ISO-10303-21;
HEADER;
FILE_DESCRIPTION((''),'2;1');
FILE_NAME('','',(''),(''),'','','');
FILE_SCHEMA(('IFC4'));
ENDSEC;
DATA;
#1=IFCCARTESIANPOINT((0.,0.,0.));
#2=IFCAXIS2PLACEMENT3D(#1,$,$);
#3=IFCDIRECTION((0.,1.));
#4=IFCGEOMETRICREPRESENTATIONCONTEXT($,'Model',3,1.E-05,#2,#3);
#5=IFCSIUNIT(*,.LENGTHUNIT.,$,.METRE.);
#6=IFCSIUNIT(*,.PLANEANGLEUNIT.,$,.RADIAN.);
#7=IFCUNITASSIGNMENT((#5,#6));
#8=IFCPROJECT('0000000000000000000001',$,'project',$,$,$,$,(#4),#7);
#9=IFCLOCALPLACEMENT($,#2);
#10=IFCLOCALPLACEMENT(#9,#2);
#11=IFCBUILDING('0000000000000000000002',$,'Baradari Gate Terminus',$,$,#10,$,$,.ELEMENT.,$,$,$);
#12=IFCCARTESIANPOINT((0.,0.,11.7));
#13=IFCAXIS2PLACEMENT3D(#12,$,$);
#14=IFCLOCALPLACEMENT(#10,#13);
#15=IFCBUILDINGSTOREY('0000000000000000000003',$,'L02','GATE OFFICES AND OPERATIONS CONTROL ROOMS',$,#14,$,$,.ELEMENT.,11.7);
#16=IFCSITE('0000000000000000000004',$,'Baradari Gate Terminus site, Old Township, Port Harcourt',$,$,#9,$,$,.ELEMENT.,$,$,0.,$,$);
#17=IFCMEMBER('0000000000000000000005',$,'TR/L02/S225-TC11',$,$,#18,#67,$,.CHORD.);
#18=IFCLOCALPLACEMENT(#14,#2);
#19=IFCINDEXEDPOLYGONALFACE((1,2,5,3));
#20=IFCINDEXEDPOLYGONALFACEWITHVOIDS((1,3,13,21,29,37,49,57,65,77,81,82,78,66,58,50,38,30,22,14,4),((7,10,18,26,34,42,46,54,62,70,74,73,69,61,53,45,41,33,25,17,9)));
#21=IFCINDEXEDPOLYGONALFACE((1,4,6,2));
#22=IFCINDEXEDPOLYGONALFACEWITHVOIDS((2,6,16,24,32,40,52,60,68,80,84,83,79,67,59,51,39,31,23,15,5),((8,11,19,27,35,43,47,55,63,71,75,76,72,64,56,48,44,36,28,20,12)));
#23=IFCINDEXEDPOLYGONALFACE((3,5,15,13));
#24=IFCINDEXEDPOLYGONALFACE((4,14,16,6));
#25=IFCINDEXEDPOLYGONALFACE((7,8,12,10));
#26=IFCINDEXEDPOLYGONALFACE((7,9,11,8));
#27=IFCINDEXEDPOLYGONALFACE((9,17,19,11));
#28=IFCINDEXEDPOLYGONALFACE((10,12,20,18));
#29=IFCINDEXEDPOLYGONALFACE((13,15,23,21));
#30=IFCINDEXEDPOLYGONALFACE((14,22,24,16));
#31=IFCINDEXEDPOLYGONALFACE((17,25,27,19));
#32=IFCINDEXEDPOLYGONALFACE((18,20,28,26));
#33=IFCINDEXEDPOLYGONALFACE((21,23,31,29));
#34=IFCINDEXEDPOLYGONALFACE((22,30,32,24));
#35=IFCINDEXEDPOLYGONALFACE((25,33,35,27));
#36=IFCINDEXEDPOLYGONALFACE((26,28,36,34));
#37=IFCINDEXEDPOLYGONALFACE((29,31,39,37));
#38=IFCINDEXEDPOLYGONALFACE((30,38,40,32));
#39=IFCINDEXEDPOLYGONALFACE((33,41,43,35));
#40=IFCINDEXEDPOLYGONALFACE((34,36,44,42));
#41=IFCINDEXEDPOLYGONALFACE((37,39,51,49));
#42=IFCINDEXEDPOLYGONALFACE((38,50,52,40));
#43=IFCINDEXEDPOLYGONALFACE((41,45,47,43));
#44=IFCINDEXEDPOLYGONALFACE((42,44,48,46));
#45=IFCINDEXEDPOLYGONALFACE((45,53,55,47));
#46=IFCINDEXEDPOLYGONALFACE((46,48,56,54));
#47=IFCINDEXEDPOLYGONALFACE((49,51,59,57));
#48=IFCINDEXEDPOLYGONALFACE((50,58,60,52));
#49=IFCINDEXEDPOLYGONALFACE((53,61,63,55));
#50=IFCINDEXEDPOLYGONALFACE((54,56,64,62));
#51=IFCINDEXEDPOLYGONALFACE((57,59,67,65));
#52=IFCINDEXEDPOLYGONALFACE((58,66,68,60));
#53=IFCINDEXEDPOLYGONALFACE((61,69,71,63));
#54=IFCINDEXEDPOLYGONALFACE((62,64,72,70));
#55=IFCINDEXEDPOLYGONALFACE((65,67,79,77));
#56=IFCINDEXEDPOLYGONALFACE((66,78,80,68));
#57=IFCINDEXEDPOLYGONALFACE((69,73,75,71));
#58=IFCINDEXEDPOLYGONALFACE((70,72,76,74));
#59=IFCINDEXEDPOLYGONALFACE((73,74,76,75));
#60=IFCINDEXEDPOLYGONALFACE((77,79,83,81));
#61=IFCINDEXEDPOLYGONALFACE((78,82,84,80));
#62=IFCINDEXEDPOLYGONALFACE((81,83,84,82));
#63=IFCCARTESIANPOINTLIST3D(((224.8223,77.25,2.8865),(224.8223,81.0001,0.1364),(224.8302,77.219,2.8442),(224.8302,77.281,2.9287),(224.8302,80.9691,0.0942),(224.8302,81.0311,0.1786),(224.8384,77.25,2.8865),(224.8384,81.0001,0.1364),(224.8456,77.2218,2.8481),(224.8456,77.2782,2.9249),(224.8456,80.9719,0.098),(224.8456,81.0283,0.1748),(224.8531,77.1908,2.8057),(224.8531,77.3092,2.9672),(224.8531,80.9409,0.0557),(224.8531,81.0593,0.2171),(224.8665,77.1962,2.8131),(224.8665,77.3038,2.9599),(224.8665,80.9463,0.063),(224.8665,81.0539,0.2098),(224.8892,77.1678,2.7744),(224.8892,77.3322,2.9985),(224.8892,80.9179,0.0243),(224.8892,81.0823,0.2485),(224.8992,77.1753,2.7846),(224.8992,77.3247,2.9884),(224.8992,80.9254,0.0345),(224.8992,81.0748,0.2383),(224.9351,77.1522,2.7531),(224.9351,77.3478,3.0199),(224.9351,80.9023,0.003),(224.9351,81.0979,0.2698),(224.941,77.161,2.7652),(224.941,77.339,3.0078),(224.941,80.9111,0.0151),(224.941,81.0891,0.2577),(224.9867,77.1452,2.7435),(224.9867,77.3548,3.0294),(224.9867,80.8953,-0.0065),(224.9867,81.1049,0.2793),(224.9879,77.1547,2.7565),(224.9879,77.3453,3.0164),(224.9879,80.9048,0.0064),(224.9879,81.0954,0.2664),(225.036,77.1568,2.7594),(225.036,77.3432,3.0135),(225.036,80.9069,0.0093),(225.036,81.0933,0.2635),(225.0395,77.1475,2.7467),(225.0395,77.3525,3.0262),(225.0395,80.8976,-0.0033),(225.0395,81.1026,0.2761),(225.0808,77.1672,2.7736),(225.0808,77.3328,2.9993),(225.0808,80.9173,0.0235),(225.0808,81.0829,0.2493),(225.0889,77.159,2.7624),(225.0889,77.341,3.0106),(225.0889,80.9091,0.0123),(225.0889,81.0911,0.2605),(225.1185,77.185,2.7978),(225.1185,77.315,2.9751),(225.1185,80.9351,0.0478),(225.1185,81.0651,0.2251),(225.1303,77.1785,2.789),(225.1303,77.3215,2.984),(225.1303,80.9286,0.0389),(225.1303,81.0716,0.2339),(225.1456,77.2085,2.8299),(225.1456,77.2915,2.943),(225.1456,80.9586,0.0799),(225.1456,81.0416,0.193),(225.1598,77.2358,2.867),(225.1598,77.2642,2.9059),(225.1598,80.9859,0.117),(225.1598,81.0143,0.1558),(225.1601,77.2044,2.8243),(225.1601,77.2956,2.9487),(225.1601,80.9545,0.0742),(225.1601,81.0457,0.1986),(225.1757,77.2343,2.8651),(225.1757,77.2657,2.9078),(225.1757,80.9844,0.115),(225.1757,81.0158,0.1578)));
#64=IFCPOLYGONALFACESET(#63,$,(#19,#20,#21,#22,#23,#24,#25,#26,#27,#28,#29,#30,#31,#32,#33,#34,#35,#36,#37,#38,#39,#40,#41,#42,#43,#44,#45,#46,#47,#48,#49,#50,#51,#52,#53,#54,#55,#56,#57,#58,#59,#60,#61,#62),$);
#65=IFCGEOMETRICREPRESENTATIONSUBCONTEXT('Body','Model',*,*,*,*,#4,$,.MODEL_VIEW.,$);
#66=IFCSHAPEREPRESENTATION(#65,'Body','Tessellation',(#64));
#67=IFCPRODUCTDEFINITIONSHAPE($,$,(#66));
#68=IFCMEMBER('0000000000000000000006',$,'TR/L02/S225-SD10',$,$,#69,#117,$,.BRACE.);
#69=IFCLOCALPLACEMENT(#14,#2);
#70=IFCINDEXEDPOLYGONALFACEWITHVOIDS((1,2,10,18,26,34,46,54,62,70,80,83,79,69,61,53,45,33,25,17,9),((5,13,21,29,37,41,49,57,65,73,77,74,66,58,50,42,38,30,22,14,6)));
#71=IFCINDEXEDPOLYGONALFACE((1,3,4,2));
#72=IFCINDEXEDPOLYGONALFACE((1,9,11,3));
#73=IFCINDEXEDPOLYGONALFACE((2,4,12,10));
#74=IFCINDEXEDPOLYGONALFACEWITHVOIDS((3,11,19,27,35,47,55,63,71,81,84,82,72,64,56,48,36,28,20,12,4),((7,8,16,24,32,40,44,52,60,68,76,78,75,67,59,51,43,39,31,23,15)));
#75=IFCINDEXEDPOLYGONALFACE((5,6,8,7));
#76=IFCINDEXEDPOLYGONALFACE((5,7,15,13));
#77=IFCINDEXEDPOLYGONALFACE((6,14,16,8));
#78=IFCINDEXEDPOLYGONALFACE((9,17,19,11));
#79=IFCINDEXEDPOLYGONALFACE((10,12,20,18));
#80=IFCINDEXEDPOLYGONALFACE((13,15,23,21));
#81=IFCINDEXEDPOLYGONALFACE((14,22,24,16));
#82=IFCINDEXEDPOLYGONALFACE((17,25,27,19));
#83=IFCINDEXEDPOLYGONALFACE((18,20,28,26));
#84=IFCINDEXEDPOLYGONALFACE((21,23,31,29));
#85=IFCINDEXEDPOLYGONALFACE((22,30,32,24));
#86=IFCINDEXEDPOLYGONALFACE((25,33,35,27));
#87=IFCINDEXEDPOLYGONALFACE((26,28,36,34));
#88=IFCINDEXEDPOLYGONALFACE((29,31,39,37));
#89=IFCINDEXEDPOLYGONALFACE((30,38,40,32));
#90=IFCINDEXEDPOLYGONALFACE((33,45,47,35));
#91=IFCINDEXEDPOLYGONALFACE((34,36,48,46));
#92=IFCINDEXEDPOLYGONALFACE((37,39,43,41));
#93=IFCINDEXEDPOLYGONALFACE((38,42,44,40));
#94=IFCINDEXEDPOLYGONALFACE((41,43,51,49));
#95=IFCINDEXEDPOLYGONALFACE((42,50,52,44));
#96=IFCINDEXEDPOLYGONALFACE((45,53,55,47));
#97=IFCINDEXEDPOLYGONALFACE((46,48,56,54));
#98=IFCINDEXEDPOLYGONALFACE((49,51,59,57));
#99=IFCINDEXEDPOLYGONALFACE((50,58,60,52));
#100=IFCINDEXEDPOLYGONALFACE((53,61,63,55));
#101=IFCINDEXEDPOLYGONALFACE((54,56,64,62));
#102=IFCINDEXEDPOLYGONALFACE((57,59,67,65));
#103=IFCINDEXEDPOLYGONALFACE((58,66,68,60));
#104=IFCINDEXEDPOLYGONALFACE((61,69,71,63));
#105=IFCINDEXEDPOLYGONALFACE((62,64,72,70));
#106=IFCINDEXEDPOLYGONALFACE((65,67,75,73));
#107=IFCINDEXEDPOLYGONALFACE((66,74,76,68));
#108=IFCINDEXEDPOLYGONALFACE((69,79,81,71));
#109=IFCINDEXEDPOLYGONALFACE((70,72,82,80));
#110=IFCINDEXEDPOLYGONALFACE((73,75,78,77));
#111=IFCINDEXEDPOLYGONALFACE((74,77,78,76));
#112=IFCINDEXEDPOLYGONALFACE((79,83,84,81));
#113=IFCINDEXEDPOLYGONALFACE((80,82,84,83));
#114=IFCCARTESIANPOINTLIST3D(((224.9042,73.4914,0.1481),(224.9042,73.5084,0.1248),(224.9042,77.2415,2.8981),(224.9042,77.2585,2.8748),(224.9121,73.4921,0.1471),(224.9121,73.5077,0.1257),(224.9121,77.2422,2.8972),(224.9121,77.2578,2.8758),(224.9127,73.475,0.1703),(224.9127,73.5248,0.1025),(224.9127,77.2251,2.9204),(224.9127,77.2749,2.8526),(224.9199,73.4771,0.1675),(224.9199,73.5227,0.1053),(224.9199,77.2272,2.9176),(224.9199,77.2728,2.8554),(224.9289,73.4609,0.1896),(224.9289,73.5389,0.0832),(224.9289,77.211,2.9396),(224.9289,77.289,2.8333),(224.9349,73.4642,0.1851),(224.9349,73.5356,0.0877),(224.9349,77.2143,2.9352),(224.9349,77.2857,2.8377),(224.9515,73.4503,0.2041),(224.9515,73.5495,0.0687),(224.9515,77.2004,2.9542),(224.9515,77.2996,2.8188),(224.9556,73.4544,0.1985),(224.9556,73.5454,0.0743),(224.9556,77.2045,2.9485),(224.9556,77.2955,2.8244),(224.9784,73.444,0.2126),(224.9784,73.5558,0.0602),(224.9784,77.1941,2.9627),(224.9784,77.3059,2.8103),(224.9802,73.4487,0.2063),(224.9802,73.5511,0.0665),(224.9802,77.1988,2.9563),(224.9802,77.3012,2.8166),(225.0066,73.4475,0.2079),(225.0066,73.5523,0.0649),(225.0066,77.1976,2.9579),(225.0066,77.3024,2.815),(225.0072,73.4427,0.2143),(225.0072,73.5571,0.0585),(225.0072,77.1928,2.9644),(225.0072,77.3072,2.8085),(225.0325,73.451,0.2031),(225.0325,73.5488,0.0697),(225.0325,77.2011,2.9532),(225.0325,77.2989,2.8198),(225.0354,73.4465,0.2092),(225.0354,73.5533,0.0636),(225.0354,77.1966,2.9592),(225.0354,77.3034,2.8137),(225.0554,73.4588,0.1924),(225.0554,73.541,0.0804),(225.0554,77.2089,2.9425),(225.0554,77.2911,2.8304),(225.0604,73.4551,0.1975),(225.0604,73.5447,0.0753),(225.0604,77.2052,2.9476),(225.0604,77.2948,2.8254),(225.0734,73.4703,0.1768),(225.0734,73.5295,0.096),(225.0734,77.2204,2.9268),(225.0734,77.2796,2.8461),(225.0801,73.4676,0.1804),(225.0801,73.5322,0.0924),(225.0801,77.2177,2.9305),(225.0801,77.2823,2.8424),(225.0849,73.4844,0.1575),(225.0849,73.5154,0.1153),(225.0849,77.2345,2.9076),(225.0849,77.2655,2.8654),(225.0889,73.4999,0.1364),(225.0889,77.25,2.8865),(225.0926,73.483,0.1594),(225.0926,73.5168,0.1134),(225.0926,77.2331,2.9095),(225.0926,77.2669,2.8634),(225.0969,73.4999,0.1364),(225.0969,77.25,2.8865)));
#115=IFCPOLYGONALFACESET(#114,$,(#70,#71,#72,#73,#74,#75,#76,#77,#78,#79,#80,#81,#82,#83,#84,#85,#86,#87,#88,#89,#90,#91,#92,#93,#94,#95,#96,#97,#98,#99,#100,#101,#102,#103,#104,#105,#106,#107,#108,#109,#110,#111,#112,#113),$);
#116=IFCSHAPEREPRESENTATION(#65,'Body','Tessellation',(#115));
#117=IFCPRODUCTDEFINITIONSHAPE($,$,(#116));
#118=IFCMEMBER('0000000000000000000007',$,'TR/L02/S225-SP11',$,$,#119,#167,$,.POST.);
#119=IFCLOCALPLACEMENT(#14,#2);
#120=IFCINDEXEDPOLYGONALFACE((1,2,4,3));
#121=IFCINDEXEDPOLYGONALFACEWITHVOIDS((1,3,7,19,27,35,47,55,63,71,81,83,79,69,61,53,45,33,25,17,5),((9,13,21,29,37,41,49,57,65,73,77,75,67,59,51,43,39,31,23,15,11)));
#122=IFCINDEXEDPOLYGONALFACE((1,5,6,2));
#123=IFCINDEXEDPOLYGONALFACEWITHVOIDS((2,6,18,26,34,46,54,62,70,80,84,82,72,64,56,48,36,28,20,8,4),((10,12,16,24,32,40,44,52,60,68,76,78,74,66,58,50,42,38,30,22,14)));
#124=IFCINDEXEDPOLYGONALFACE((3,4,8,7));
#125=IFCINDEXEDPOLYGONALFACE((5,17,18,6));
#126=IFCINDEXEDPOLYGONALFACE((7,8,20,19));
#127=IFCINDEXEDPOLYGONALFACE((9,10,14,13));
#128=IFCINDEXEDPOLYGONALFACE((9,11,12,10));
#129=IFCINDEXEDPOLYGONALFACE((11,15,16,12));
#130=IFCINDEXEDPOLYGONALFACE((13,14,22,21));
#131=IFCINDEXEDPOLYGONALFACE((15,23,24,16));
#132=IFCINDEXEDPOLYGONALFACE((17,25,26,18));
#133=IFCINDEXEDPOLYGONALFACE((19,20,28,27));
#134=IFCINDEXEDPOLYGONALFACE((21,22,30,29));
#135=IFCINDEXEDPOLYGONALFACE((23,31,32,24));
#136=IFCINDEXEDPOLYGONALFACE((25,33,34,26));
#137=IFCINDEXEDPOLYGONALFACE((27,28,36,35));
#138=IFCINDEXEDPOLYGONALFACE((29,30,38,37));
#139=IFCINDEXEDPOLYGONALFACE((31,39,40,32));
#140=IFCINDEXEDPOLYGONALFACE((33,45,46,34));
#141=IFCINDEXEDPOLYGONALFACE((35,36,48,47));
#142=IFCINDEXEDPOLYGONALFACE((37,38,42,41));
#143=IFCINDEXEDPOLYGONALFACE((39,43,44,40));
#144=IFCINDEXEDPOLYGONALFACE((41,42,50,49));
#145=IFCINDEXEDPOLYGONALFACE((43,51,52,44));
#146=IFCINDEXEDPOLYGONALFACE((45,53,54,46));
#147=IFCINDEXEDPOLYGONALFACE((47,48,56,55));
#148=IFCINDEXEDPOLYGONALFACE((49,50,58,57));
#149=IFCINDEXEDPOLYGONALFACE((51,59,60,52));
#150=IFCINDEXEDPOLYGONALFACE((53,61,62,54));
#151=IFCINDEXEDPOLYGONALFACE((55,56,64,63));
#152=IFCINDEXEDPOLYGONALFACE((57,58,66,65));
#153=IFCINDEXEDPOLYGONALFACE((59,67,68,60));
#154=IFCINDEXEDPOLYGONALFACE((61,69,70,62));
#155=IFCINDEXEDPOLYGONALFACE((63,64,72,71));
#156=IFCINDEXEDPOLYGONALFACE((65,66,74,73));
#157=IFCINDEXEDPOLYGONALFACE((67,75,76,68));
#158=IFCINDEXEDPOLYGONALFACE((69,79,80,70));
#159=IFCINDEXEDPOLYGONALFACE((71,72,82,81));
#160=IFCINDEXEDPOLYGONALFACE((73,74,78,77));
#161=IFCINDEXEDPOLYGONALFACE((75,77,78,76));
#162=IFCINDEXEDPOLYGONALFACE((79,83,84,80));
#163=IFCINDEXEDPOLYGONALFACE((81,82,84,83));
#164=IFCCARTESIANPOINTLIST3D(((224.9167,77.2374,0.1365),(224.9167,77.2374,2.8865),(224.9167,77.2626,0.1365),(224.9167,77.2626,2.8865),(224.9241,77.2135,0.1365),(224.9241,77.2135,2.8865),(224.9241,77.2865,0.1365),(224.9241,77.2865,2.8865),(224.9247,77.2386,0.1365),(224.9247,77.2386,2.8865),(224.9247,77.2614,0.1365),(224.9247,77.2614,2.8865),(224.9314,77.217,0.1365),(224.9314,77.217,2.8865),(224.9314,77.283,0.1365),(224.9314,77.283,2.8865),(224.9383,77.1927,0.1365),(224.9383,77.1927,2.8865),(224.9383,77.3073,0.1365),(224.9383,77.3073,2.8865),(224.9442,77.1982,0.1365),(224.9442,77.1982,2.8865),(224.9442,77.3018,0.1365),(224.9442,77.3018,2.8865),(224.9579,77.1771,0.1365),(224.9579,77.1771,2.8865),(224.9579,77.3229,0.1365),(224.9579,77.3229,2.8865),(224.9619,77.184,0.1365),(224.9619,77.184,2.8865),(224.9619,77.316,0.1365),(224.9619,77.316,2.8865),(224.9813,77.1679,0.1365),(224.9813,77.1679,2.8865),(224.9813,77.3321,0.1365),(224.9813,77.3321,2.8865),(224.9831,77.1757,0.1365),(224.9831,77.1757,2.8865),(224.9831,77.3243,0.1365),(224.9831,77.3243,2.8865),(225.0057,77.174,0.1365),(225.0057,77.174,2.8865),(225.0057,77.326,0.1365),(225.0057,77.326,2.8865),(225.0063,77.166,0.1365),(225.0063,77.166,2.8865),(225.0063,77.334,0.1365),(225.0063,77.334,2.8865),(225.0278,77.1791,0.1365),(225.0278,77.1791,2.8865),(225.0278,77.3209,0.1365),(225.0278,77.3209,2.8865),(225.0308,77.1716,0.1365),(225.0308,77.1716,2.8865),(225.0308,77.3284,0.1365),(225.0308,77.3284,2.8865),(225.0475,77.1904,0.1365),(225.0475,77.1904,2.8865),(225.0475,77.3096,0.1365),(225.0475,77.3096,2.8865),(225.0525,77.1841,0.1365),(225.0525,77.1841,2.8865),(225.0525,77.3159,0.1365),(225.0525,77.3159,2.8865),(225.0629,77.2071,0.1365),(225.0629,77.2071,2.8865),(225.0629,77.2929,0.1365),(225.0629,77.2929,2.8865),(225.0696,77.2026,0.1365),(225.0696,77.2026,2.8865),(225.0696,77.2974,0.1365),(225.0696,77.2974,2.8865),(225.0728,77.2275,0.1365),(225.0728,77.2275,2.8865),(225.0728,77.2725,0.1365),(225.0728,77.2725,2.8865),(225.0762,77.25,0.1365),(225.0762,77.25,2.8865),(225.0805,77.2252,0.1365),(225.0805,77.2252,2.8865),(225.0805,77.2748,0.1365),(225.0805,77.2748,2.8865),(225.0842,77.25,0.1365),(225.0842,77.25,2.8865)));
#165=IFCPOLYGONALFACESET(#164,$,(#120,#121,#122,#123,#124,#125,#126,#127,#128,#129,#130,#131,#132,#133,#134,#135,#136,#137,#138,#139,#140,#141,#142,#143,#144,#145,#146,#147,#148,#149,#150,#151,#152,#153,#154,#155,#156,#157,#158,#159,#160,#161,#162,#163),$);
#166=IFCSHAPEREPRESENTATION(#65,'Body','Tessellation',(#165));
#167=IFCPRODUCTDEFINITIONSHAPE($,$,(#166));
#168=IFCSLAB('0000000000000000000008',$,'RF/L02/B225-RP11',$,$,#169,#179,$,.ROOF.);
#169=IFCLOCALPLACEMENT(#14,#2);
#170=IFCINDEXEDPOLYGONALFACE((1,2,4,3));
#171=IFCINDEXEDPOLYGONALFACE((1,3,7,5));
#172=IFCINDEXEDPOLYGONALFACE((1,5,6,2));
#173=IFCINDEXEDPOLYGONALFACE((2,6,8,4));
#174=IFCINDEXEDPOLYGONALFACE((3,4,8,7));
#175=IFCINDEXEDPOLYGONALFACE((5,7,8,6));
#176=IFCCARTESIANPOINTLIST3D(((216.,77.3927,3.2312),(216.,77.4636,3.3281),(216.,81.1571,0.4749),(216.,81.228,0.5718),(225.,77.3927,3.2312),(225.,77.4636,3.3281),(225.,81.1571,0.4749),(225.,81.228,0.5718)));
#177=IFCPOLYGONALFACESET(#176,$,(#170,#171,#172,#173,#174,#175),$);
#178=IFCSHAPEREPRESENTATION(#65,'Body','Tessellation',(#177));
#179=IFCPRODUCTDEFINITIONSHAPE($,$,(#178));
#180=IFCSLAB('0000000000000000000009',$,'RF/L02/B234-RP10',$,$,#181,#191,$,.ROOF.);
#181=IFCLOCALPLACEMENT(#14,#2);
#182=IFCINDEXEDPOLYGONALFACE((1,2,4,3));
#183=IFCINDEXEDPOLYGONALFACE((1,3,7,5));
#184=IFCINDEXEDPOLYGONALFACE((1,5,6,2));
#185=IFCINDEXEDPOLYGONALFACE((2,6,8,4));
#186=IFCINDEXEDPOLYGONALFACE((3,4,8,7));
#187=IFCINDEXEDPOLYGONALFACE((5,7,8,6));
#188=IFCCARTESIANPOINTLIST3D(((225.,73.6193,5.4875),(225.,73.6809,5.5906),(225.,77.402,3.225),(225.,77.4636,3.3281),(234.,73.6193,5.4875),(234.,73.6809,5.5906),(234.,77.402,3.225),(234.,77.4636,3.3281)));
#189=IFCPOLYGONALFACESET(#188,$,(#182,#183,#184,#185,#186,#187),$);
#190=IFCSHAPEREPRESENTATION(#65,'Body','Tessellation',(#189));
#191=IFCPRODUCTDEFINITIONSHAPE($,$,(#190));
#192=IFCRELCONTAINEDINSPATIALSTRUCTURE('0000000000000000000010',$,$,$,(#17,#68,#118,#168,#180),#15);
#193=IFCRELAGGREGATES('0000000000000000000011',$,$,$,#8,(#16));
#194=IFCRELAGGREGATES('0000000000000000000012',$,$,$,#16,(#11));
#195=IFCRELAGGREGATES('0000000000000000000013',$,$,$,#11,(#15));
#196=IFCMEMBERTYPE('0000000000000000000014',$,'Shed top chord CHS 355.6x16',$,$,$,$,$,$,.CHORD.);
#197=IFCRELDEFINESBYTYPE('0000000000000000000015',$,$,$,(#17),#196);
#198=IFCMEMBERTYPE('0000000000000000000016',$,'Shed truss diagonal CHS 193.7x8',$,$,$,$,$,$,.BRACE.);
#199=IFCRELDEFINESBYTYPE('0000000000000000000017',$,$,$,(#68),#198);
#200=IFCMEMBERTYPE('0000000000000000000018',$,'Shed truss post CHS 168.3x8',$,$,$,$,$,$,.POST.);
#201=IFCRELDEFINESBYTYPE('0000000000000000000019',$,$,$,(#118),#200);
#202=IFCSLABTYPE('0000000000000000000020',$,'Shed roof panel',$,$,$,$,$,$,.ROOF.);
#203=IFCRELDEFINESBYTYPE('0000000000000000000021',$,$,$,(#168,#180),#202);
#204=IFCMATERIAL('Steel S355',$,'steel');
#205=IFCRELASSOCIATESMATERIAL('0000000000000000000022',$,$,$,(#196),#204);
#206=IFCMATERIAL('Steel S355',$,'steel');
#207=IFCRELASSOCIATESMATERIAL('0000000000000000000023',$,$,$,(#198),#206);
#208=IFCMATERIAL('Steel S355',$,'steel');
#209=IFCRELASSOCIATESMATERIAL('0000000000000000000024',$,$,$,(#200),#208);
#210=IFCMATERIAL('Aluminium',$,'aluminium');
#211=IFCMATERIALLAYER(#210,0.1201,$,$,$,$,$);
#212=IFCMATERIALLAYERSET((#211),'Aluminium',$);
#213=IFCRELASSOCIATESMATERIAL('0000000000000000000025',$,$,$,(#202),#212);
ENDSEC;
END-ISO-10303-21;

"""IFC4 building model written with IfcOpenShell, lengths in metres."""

from ifc_helpers import new_model, si_unit, direction, frame, origin, origin_2d, place, context, subcontext, project, spatial, polyline, hollow_circle, outline, extrude, material, layer, layer_set, material_profile, profile_set, type_object, element, save


model = new_model("IFC4")

# Units and contexts
model_context = context("Model", 3, precision=1e-05, world=origin(), true_north=direction((0.0, 1.0)))
body_context = subcontext(model_context, "Body", "Model", "MODEL_VIEW")
ifc_project = project(units=[si_unit("LENGTHUNIT", "METRE"), si_unit("PLANEANGLEUNIT", "RADIAN")], contexts=[model_context])

# Site, building, storey
site_placement = place(None, origin())
site = spatial("IfcSite", under=ifc_project, at=site_placement, Name="Baradari Gate Terminus site, Old Township, Port Harcourt", CompositionType="ELEMENT", RefElevation=0.0)
building_placement = place(site_placement, origin())
building = spatial("IfcBuilding", under=site, at=building_placement, Name="Baradari Gate Terminus", CompositionType="ELEMENT")
storey_placement = place(building_placement, frame((0.0, 0.0, 11.7)))
storey = spatial("IfcBuildingStorey", under=building, at=storey_placement, Name="L02", Description="GATE OFFICES AND OPERATIONS CONTROL ROOMS", CompositionType="ELEMENT", Elevation=11.7)

# Members
ifc_material_1 = material(Name="Steel S355", Category="steel")
ifc_material_profile_1 = material_profile(ifc_material_1, hollow_circle(Radius=0.1777, WallThickness=0.0161, at=origin_2d()), Name="CHS 355.6x16")
ifc_profile_set_1 = profile_set([ifc_material_profile_1], Name="Steel S355")
member_type_1 = type_object("IfcMemberType", Name="Shed top chord CHS 355.6x16", PredefinedType="CHORD", material=ifc_profile_set_1)
member_1_placement = place(storey_placement, frame((225.0, 77.25, 2.8865), z_axis=(0.0, 0.806405, -0.591364), x_axis=(-1.0, 0.0, 0.0)))
element("IfcMember", 1, at=member_1_placement, inside=storey, type_object=member_type_1, Name="TR/L02/S225-TC11", PredefinedType="CHORD", context=body_context, shape_type="SweptSolid", body=[
    extrude(hollow_circle(Radius=0.1777, WallThickness=0.0161, at=origin_2d()), origin(), (0.0, 0.0, 1.0), 4.6504),
])
ifc_material_2 = material(Name="Steel S355", Category="steel")
ifc_material_profile_2 = material_profile(ifc_material_2, hollow_circle(Radius=0.0969, WallThickness=0.0081, at=origin_2d()), Name="CHS 193.7x8")
ifc_profile_set_2 = profile_set([ifc_material_profile_2], Name="Steel S355")
member_type_2 = type_object("IfcMemberType", Name="Shed truss diagonal CHS 193.7x8", PredefinedType="BRACE", material=ifc_profile_set_2)
member_2_placement = place(storey_placement, frame((225.0, 77.25, 2.8865), z_axis=(0.0, -0.806405, -0.591364), x_axis=(1.0, 0.0, 0.0)))
element("IfcMember", 2, at=member_2_placement, inside=storey, type_object=member_type_2, Name="TR/L02/S225-SD10", PredefinedType="BRACE", context=body_context, shape_type="SweptSolid", body=[
    extrude(hollow_circle(Radius=0.0969, WallThickness=0.0081, at=origin_2d()), origin(), (0.0, 0.0, 1.0), 4.6504),
])
ifc_material_3 = material(Name="Steel S355", Category="steel")
ifc_material_profile_3 = material_profile(ifc_material_3, hollow_circle(Radius=0.0842, WallThickness=0.0081, at=origin_2d()), Name="CHS 168.3x8")
ifc_profile_set_3 = profile_set([ifc_material_profile_3], Name="Steel S355")
member_type_3 = type_object("IfcMemberType", Name="Shed truss post CHS 168.3x8", PredefinedType="POST", material=ifc_profile_set_3)
member_3_placement = place(storey_placement, frame((225.0, 77.25, 0.1365), z_axis=(0.0, 0.0, 1.0), x_axis=(1.0, 0.0, 0.0)))
element("IfcMember", 3, at=member_3_placement, inside=storey, type_object=member_type_3, Name="TR/L02/S225-SP11", PredefinedType="POST", context=body_context, shape_type="SweptSolid", body=[
    extrude(hollow_circle(Radius=0.0842, WallThickness=0.0081, at=origin_2d()), origin(), (0.0, 0.0, 1.0), 2.75),
])

# Slabs
ifc_material_4 = material(Name="Aluminium", Category="aluminium")
ifc_layer = layer(ifc_material_4, 0.1201)
ifc_layer_set = layer_set([ifc_layer], Name="Aluminium")
slab_type = type_object("IfcSlabType", Name="Shed roof panel", PredefinedType="ROOF", material=ifc_layer_set)
slab_1_placement = place(storey_placement, frame((216.0, 77.4636, 3.3281), z_axis=(0.0, 0.590776, 0.806836), x_axis=(1.0, 0.0, 0.0)))
element("IfcSlab", 4, at=slab_1_placement, inside=storey, type_object=slab_type, Name="RF/L02/B225-RP11", PredefinedType="ROOF", context=body_context, shape_type="SweptSolid", body=[
    extrude(outline(polyline([(0.0, 0.0), (9.0, 0.0), (9.0, 4.6656), (0.0, 4.6656), (0.0, 0.0)])), origin(), (0.0, 0.0, -1.0), 0.1201),
])
slab_2_placement = place(storey_placement, frame((225.0, 73.6809, 5.5906), z_axis=(0.0, 0.513298, 0.858211), x_axis=(1.0, 0.0, 0.0)))
element("IfcSlab", 5, at=slab_2_placement, inside=storey, type_object=slab_type, Name="RF/L02/B234-RP10", PredefinedType="ROOF", context=body_context, shape_type="SweptSolid", body=[
    extrude(outline(polyline([(0.0, 0.0), (9.0, 0.0), (9.0, 4.4077), (0.0, 4.4077), (0.0, 0.0)])), origin(), (0.0, 0.0, -1.0), 0.1201),
])

save(model, "model.ifc")
